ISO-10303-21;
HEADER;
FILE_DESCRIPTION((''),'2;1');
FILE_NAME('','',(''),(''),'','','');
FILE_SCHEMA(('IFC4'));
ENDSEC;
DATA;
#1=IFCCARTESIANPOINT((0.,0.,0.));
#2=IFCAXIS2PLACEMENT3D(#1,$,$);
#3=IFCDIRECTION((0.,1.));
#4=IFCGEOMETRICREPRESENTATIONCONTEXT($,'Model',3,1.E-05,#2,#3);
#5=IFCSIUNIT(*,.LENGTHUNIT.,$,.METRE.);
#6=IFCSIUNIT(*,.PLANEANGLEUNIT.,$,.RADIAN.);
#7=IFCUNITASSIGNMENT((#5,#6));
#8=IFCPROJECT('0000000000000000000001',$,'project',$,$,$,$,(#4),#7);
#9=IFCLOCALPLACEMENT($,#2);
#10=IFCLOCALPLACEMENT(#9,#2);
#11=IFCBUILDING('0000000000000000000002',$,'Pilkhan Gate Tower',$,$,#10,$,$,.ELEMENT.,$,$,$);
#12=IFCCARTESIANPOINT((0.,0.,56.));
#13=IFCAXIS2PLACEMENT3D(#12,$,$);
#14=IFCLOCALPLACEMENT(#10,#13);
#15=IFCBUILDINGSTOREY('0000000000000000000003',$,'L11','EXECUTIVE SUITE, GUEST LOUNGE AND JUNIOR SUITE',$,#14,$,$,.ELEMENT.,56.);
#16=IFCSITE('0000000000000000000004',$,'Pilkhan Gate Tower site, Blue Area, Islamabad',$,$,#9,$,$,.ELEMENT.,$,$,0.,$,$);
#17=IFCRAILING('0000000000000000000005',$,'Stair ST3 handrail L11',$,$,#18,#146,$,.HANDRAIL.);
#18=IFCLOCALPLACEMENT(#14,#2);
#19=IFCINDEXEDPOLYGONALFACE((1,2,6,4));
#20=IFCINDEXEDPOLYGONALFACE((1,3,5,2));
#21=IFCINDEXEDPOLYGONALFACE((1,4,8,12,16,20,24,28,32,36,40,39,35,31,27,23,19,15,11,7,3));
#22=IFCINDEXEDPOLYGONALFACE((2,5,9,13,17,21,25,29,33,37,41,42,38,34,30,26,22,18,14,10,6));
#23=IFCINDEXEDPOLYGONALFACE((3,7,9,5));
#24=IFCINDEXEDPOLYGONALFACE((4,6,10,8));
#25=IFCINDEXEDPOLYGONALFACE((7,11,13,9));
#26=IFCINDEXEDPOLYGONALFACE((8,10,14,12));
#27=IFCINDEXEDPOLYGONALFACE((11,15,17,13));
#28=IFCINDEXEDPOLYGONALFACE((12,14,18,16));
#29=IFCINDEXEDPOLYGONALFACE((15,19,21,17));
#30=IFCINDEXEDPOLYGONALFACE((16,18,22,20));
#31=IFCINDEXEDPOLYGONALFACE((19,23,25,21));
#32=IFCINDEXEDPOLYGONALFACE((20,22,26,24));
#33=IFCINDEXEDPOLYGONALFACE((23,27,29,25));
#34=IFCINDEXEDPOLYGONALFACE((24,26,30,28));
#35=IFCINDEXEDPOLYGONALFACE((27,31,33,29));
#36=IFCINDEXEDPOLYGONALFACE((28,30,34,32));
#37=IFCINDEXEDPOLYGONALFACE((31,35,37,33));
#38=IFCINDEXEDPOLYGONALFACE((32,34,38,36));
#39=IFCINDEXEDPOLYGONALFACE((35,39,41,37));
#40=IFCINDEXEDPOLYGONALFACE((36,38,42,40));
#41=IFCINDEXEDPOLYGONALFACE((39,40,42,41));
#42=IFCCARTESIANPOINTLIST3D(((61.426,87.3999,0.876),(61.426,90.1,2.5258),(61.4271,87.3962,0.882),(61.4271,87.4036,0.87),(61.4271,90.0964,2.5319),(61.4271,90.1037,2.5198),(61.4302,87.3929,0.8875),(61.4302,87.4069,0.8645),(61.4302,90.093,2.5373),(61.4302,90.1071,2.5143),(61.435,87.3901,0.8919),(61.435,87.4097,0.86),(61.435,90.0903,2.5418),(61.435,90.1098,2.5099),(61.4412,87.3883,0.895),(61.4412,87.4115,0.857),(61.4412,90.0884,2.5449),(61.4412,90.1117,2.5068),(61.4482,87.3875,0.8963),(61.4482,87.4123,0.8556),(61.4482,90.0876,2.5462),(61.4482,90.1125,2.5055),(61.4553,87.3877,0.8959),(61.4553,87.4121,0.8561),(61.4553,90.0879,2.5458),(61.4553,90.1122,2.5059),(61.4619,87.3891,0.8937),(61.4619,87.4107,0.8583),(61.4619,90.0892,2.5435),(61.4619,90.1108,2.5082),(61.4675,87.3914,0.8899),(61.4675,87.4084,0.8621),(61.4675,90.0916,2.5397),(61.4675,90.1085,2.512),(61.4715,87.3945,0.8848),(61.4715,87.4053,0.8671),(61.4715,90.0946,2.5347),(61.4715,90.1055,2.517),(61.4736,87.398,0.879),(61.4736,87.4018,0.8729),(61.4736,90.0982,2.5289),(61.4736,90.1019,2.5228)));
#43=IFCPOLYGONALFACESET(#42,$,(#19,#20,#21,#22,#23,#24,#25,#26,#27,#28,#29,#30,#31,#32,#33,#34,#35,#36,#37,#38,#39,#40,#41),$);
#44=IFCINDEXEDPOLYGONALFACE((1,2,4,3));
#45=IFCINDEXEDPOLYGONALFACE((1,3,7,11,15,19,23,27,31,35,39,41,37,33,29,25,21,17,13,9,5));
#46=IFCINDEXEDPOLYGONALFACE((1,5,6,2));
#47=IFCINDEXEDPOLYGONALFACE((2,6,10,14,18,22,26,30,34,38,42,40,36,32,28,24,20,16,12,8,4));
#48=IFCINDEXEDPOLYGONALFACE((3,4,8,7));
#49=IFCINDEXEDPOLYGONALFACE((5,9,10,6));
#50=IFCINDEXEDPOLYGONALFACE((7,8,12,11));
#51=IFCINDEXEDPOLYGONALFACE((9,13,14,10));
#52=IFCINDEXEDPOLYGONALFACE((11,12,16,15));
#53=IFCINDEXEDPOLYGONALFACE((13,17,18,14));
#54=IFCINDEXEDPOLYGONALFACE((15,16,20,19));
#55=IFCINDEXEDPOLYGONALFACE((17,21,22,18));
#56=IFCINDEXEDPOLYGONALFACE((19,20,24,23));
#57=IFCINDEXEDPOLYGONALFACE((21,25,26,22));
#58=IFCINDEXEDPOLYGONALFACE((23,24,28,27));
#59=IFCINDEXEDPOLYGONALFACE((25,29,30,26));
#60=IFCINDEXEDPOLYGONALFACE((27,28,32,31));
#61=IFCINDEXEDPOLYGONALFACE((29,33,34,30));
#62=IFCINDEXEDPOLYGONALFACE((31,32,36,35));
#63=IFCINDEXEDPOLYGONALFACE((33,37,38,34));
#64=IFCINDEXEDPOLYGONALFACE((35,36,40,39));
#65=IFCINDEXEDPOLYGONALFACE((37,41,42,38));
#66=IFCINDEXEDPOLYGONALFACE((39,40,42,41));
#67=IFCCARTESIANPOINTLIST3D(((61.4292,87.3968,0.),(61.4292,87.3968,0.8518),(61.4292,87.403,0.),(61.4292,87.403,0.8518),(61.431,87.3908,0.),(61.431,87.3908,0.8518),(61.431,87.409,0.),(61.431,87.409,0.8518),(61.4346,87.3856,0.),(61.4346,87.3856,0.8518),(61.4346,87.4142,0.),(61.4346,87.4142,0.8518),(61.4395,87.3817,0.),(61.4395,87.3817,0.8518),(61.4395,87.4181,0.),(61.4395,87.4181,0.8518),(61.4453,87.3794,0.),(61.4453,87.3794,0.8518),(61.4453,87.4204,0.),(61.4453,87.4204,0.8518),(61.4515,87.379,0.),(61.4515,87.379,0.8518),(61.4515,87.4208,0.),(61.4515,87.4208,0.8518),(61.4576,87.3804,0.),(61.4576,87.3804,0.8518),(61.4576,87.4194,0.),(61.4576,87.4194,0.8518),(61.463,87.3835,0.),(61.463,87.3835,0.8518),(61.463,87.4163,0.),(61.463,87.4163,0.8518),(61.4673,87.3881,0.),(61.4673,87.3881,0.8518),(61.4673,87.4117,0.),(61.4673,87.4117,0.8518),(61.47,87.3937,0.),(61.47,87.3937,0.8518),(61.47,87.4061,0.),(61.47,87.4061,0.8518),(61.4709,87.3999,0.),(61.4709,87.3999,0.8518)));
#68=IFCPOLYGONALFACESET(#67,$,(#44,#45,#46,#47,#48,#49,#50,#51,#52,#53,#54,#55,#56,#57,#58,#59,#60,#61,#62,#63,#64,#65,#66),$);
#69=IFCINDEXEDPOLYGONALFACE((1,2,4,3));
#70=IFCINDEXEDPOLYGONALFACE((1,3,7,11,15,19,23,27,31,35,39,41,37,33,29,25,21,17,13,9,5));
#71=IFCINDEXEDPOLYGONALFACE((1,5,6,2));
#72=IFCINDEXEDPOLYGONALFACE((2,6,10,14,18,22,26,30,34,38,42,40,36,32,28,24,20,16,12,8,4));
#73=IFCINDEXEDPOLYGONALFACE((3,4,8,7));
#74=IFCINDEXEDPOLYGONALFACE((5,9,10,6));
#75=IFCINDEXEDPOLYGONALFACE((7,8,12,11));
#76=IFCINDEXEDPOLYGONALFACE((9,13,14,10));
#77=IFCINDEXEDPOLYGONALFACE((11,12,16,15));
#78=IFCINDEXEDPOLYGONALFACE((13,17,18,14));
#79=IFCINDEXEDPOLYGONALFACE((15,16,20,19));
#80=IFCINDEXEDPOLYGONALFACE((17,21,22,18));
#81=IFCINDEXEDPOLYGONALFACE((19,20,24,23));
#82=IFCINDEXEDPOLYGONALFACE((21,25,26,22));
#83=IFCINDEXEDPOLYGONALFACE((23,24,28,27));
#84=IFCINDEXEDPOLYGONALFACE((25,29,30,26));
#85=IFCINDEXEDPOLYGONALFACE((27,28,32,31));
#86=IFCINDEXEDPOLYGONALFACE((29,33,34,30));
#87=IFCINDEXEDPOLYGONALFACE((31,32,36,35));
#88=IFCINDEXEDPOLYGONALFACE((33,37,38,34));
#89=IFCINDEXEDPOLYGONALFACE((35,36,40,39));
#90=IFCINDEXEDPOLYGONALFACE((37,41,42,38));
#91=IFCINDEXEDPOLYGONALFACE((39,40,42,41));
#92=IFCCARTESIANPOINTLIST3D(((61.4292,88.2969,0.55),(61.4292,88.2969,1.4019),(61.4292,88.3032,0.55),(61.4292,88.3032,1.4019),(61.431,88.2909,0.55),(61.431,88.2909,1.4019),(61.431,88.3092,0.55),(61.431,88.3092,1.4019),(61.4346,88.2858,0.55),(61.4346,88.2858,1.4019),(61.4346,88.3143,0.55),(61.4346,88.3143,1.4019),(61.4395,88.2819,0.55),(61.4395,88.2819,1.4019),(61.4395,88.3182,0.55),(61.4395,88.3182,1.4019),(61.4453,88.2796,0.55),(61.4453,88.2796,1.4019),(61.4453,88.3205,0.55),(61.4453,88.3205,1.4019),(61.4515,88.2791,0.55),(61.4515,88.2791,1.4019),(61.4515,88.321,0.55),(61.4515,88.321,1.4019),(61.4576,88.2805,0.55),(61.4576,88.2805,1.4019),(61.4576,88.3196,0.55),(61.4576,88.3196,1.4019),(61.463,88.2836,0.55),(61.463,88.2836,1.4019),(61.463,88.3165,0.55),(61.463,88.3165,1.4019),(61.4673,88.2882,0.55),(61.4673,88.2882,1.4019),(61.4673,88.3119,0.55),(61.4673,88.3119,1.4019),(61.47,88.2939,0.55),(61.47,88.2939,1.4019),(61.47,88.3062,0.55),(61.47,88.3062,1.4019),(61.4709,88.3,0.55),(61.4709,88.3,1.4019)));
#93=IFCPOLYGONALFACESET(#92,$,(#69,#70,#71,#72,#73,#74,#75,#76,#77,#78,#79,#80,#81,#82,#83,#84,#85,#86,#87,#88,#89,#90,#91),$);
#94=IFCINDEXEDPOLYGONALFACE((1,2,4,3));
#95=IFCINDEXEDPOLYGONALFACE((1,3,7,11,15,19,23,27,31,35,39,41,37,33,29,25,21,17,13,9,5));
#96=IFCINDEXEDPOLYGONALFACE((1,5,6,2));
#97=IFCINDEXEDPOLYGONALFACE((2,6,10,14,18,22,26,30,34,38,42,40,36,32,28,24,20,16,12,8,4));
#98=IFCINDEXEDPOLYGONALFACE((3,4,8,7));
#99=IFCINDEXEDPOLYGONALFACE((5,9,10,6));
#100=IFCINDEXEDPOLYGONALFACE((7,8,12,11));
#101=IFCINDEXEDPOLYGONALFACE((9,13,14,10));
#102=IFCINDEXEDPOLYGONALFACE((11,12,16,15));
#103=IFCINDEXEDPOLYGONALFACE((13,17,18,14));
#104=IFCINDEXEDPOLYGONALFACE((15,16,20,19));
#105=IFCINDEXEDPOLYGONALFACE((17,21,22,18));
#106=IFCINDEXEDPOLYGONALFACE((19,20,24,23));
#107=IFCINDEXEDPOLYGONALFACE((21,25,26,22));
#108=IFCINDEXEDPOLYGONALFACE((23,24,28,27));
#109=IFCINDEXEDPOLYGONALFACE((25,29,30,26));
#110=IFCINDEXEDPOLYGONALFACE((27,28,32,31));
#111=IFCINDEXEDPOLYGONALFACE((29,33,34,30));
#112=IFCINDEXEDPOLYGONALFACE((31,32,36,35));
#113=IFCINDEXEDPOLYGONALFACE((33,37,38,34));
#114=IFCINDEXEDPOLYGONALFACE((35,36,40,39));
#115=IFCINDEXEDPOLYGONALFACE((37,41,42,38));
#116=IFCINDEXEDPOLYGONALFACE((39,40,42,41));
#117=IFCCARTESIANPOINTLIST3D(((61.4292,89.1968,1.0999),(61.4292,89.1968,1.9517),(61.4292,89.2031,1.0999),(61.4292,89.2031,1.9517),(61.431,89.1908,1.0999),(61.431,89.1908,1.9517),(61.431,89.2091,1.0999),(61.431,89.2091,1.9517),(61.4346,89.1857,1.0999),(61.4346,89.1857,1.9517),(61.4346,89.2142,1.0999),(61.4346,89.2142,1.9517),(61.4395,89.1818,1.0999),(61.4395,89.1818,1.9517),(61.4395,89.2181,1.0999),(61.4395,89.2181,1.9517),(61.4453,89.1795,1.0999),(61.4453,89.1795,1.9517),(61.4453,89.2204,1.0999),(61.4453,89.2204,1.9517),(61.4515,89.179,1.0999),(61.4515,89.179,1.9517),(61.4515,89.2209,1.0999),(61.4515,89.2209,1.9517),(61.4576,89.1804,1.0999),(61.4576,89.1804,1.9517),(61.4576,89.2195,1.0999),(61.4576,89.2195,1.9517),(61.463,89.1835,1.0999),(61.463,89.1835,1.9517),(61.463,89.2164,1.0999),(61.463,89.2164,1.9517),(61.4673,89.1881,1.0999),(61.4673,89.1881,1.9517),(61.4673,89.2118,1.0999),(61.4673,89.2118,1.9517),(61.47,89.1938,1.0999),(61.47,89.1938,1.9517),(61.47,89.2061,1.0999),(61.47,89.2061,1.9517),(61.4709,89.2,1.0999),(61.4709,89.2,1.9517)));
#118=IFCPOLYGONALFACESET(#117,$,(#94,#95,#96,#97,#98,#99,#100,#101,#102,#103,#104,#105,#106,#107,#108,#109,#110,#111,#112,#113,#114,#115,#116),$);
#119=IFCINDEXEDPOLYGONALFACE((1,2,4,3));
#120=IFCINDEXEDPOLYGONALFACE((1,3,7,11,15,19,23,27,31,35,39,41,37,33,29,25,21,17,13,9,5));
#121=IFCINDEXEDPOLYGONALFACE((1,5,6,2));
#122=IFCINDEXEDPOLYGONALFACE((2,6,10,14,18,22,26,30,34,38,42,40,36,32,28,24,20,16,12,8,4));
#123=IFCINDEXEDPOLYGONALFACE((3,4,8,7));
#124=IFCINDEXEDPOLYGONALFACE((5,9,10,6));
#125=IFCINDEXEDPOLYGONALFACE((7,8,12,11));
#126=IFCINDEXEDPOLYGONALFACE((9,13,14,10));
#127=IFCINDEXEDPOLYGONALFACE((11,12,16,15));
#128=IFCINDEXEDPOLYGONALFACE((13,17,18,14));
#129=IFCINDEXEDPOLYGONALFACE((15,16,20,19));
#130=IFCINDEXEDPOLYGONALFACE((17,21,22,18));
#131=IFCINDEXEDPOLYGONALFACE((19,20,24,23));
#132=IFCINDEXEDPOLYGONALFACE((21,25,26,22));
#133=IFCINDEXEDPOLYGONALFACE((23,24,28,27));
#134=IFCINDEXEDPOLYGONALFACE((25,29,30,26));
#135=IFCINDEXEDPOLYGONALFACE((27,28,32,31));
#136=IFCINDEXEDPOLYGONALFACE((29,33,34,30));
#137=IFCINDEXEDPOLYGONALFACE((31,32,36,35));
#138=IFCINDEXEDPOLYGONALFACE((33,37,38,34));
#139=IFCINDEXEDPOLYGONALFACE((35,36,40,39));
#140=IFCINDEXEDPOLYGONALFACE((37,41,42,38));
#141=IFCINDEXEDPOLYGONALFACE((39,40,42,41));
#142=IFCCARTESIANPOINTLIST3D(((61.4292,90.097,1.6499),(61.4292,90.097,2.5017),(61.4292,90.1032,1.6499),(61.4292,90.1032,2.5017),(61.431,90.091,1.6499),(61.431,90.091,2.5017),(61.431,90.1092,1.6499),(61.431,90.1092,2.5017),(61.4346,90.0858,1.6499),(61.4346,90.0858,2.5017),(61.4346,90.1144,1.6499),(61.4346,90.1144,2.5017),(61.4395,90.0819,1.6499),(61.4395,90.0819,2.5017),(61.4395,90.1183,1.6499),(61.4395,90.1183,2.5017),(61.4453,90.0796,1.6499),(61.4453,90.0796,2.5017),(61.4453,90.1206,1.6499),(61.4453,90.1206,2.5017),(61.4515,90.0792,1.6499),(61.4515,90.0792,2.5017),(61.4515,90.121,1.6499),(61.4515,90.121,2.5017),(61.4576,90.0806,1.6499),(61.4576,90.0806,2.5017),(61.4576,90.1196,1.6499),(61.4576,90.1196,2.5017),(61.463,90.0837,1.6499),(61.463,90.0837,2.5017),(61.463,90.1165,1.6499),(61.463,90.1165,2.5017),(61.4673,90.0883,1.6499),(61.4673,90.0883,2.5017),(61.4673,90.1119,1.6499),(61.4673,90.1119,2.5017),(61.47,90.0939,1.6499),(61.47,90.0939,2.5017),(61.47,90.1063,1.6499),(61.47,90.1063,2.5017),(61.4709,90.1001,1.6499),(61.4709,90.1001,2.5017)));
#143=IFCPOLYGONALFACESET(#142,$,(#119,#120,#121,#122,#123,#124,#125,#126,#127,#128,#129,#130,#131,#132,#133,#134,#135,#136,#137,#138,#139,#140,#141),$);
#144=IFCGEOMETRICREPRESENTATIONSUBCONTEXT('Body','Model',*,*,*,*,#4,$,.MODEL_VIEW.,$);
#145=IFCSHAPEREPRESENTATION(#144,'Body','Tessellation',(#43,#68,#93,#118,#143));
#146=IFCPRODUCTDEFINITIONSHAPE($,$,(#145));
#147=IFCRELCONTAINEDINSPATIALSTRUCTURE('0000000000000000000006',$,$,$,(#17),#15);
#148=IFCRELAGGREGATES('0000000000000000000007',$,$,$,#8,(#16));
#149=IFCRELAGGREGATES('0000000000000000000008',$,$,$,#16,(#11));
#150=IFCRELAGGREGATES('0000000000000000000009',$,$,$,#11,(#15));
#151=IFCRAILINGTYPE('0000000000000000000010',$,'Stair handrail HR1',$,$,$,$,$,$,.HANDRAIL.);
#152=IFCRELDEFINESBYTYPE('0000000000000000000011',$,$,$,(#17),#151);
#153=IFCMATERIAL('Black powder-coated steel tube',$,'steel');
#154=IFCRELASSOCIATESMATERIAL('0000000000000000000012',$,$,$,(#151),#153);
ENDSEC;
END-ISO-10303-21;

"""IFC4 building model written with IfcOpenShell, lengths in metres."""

from ifc_helpers import new_model, si_unit, direction, frame, origin, origin_2d, place, context, subcontext, project, spatial, circle, extrude, material, type_object, element, save


model = new_model("IFC4")

# Units and contexts
model_context = context("Model", 3, precision=1e-05, world=origin(), true_north=direction((0.0, 1.0)))
body_context = subcontext(model_context, "Body", "Model", "MODEL_VIEW")
ifc_project = project(units=[si_unit("LENGTHUNIT", "METRE"), si_unit("PLANEANGLEUNIT", "RADIAN")], contexts=[model_context])

# Site, building, storey
site_placement = place(None, origin())
site = spatial("IfcSite", under=ifc_project, at=site_placement, Name="Pilkhan Gate Tower site, Blue Area, Islamabad", CompositionType="ELEMENT", RefElevation=0.0)
building_placement = place(site_placement, origin())
building = spatial("IfcBuilding", under=site, at=building_placement, Name="Pilkhan Gate Tower", CompositionType="ELEMENT")
storey_placement = place(building_placement, frame((0.0, 0.0, 56.0)))
storey = spatial("IfcBuildingStorey", under=building, at=storey_placement, Name="L11", Description="EXECUTIVE SUITE, GUEST LOUNGE AND JUNIOR SUITE", CompositionType="ELEMENT", Elevation=56.0)

# Railing
ifc_material_1 = material(Name="Black powder-coated steel tube", Category="steel")
railing_type_1 = type_object("IfcRailingType", Name="Stair handrail HR1", PredefinedType="HANDRAIL", material=ifc_material_1)
railing_1_placement = place(storey_placement, frame((61.45, 87.3999, 0.0)))
element("IfcRailing", 1, at=railing_1_placement, inside=storey, type_object=railing_type_1, Name="Stair ST3 handrail L11", PredefinedType="HANDRAIL", context=body_context, shape_type="SweptSolid", body=[
    extrude(circle(Radius=0.0239, at=origin_2d()), frame((0.0, 0.0, 0.876), z_axis=(0.0, 0.853312, 0.5214), x_axis=(-1.0, 0.0, 0.0)), (0.0, 0.0, 1.0), 3.1643),
    extrude(circle(Radius=0.021, at=origin_2d()), origin(), (0.0, 0.0, 1.0), 0.8518),
    extrude(circle(Radius=0.021, at=origin_2d()), frame((0.0, 0.9001, 0.55)), (0.0, 0.0, 1.0), 0.8518),
    extrude(circle(Radius=0.021, at=origin_2d()), frame((0.0, 1.8, 1.0999)), (0.0, 0.0, 1.0), 0.8518),
    extrude(circle(Radius=0.021, at=origin_2d()), frame((0.0, 2.7002, 1.6499)), (0.0, 0.0, 1.0), 0.8518),
])

save(model, "model.ifc")
